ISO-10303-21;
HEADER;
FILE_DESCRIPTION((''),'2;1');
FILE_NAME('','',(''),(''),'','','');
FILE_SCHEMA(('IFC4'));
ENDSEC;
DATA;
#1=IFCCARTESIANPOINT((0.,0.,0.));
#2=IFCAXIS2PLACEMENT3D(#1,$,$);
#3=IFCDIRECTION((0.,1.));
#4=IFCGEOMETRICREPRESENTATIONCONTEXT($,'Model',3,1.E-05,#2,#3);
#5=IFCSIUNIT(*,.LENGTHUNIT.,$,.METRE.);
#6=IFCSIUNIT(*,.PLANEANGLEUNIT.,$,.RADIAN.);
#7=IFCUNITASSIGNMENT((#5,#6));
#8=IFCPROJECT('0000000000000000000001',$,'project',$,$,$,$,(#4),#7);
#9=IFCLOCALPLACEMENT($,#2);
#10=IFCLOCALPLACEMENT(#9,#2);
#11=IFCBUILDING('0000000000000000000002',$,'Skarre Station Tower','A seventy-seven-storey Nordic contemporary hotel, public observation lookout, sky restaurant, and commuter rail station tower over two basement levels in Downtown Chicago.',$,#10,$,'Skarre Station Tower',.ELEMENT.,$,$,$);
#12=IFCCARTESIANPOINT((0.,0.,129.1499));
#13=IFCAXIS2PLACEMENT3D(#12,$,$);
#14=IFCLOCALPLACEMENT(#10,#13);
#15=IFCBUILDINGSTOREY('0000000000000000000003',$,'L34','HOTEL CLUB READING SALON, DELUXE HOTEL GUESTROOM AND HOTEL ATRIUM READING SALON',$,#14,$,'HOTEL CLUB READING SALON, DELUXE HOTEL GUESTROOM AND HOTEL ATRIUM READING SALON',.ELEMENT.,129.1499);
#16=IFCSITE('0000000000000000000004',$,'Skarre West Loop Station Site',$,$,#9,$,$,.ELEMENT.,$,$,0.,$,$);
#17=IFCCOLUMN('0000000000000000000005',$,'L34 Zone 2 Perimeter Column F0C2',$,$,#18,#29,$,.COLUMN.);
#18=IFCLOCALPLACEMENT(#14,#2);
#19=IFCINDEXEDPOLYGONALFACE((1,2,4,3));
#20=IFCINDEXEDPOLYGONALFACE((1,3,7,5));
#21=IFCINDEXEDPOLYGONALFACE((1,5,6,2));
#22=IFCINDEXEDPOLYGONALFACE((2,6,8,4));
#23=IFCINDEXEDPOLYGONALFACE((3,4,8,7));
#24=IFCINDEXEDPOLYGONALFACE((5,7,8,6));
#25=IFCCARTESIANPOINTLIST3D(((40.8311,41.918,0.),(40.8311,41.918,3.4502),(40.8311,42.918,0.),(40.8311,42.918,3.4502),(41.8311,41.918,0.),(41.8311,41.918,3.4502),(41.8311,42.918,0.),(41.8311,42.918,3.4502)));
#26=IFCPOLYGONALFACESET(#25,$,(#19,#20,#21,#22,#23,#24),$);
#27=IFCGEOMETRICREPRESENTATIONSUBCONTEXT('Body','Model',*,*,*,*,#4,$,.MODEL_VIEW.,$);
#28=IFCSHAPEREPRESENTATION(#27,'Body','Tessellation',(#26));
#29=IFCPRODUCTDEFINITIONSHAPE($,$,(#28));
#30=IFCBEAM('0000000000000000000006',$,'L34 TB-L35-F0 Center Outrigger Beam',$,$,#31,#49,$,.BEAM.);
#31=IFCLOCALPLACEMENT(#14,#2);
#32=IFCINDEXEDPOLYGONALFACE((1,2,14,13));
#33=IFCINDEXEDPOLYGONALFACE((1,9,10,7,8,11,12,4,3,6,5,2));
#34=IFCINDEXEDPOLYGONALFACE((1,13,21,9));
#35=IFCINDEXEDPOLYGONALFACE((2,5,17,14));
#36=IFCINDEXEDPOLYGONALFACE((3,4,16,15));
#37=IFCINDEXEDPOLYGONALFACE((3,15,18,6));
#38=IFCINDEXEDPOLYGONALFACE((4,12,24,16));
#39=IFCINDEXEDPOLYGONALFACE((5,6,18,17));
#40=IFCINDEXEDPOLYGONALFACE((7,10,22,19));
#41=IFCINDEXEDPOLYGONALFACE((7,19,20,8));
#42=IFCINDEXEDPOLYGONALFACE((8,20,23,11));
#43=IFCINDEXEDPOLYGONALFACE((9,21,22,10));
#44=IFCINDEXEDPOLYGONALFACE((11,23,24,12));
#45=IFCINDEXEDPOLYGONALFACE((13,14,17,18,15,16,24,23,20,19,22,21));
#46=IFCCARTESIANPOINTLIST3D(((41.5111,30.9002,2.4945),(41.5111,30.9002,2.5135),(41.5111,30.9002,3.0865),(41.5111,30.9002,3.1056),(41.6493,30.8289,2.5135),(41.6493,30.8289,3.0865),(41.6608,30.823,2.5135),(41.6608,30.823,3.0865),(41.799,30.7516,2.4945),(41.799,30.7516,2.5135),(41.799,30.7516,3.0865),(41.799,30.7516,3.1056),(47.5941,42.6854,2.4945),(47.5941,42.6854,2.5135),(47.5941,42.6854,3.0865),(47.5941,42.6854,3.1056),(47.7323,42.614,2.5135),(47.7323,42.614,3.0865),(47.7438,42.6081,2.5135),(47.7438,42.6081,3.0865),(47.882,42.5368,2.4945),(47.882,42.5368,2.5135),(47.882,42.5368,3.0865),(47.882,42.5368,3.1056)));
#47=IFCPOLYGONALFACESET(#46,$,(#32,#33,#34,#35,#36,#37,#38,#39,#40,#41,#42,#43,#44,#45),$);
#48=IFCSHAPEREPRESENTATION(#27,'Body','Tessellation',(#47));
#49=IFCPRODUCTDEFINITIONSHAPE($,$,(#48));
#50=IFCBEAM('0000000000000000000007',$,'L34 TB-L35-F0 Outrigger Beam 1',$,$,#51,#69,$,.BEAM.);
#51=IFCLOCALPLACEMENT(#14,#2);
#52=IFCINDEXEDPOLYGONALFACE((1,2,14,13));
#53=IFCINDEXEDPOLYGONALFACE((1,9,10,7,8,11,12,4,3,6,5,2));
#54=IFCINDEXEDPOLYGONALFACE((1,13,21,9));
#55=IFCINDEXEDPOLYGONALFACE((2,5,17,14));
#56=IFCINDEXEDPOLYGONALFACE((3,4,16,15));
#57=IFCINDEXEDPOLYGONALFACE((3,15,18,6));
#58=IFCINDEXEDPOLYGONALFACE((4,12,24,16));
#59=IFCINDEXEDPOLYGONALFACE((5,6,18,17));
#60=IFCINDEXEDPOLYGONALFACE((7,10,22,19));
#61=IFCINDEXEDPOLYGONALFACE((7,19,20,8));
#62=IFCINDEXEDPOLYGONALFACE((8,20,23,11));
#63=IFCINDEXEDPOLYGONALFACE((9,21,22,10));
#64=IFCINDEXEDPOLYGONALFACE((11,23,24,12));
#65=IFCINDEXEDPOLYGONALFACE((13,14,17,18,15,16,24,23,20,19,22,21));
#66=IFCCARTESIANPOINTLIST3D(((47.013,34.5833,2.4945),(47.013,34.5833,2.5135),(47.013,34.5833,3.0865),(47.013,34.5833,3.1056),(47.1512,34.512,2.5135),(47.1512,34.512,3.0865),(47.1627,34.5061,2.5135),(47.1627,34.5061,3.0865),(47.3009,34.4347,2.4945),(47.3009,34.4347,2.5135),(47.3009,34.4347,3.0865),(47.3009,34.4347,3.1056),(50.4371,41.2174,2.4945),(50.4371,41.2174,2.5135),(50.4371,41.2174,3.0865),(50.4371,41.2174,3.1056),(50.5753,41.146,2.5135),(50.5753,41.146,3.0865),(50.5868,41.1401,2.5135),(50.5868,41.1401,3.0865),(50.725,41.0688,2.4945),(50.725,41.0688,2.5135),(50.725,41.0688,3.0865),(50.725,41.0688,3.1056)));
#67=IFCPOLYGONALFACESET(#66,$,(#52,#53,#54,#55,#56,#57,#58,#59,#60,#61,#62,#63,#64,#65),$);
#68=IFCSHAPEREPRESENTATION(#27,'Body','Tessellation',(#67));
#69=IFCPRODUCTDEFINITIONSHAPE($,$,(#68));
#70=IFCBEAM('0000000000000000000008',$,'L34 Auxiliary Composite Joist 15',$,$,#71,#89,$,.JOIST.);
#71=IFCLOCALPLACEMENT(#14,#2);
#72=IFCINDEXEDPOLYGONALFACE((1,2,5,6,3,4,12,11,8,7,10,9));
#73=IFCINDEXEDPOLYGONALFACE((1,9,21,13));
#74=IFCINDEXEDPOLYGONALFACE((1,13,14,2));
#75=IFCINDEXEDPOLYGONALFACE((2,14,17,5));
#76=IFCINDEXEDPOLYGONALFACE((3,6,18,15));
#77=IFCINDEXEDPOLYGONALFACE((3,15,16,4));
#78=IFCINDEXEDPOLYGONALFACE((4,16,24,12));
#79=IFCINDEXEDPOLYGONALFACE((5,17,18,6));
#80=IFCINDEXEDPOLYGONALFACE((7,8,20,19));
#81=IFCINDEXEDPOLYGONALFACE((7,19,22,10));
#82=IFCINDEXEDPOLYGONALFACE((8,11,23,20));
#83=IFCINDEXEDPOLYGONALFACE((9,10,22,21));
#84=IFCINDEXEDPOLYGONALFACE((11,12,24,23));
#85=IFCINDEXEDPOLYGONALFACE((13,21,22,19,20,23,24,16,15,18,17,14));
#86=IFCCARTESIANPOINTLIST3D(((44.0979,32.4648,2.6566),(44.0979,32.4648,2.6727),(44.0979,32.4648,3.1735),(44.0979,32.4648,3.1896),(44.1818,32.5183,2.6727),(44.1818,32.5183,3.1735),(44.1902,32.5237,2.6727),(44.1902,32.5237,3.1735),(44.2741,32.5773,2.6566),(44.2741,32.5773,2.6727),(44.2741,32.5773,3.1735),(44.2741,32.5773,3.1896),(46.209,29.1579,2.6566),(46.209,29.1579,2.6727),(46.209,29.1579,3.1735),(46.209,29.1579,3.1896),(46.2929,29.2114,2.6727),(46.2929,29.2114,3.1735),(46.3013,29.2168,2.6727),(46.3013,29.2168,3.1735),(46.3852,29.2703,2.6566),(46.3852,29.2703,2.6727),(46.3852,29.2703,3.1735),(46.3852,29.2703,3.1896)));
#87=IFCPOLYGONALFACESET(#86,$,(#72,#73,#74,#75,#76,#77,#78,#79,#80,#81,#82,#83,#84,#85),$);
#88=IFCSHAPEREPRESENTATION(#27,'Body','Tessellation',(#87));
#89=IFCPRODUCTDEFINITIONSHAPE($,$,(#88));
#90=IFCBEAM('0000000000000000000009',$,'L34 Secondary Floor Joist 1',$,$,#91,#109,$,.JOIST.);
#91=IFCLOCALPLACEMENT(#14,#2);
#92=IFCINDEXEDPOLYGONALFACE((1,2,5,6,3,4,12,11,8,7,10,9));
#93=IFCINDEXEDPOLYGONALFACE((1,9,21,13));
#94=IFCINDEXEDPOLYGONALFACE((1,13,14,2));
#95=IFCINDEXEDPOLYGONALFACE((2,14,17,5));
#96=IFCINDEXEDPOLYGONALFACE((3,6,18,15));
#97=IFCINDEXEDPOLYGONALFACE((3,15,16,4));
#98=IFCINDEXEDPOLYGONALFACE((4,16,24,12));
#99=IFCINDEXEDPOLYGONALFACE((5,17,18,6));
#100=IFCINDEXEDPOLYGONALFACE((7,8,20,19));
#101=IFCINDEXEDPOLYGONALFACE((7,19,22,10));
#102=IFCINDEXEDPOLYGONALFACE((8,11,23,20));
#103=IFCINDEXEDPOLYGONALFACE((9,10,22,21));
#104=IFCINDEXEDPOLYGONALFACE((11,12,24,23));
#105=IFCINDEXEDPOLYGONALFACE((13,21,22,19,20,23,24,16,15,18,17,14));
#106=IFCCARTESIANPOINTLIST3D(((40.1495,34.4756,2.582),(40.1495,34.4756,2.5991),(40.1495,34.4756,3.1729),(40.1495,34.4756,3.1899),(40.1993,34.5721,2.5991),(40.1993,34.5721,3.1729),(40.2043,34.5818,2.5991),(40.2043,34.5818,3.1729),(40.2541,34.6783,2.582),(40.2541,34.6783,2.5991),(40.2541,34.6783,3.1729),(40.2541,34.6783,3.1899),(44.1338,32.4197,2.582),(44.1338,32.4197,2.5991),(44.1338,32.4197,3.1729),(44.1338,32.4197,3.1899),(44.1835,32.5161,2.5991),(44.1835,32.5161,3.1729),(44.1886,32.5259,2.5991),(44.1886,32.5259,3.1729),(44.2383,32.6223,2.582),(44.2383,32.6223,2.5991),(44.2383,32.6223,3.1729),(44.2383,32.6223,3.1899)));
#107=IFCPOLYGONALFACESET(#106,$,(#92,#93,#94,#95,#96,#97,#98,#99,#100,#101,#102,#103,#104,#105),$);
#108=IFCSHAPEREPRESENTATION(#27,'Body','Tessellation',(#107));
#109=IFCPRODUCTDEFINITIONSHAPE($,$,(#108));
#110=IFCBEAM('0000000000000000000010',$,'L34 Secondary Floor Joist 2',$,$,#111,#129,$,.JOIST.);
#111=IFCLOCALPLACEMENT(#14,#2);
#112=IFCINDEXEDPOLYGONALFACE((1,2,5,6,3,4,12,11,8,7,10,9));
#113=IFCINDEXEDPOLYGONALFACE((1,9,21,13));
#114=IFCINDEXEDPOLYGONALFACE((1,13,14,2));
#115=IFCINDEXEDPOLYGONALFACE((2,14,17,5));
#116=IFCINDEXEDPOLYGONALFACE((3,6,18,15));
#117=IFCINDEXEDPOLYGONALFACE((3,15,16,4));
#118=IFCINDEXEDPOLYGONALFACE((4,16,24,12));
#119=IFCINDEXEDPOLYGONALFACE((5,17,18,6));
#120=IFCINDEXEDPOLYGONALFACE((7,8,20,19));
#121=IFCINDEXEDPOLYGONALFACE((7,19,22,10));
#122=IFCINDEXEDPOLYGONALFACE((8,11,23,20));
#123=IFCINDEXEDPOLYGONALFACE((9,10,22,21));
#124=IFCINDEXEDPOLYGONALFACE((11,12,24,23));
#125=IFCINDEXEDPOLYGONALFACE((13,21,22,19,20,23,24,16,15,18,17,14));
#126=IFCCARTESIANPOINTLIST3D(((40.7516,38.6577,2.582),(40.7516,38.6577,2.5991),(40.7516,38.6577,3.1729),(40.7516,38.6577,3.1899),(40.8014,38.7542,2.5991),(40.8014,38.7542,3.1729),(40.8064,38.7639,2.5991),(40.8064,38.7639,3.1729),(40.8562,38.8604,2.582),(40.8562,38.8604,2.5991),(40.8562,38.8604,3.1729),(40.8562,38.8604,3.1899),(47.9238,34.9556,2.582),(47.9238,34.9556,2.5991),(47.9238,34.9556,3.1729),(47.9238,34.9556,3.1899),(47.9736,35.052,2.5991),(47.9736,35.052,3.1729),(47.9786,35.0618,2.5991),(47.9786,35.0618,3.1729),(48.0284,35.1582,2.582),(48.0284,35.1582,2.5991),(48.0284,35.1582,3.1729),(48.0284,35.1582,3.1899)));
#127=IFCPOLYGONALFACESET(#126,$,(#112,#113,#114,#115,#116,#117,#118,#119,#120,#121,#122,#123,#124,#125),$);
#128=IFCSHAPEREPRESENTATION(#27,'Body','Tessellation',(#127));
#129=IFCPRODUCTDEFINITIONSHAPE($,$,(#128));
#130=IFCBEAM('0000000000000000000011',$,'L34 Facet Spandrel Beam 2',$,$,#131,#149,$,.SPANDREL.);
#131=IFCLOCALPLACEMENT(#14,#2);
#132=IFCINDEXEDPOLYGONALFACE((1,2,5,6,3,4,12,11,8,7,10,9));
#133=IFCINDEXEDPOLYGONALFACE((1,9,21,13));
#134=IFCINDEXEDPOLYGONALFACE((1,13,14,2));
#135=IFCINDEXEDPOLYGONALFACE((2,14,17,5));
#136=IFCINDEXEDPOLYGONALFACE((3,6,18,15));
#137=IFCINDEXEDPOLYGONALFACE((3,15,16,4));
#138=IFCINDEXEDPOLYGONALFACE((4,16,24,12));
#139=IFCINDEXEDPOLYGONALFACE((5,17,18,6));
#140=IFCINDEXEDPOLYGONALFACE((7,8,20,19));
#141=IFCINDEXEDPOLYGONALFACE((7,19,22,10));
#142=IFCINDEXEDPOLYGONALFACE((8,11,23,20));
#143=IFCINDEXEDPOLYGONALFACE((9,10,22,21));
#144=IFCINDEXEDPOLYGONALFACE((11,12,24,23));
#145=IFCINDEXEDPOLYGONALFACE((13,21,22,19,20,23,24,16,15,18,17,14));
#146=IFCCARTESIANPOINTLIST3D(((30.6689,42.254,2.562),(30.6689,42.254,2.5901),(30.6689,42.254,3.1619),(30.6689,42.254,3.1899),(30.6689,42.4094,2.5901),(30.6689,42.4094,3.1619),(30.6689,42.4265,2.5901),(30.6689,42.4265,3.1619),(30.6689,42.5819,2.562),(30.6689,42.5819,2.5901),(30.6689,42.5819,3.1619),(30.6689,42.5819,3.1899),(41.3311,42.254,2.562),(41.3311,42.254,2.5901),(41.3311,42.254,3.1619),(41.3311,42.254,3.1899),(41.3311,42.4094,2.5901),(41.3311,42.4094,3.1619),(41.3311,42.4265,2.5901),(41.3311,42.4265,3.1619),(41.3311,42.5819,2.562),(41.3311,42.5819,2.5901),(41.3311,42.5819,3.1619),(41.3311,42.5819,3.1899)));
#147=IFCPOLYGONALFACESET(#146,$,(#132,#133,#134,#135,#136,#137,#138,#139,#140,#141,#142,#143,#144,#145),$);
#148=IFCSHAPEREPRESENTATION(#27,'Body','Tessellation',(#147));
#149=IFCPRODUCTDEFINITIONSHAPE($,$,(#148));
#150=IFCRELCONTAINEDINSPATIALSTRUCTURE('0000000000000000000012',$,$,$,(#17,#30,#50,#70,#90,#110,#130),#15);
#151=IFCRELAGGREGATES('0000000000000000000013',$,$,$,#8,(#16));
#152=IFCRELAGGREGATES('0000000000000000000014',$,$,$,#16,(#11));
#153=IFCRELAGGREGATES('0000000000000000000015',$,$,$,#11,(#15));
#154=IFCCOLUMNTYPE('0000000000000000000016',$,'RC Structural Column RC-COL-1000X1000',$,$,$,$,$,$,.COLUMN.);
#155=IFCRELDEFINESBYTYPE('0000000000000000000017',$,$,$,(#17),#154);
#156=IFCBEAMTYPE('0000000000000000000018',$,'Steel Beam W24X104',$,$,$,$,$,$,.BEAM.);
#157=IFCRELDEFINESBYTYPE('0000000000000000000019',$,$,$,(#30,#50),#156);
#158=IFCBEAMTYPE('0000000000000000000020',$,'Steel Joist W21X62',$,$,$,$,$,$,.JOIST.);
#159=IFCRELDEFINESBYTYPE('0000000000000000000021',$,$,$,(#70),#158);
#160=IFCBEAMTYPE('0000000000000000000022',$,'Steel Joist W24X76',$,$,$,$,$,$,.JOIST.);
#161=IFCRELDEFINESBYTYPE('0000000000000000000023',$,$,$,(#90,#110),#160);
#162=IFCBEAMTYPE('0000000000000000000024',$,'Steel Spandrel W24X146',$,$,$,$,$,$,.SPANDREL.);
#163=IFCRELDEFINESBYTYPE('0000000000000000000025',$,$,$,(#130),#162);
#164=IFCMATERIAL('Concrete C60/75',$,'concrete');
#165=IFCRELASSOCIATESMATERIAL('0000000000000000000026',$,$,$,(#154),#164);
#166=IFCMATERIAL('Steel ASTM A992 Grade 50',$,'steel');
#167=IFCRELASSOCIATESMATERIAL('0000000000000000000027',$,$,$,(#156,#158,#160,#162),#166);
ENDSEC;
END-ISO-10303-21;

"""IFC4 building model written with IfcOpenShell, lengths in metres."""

from ifc_helpers import new_model, si_unit, direction, frame, origin, origin_2d, place, context, subcontext, project, spatial, rectangle, i_section, extrude, material, material_profile, profile_set, type_object, element, save


model = new_model("IFC4")

# Units and contexts
model_context = context("Model", 3, precision=1e-05, world=origin(), true_north=direction((0.0, 1.0)))
body_context = subcontext(model_context, "Body", "Model", "MODEL_VIEW")
ifc_project = project(units=[si_unit("LENGTHUNIT", "METRE"), si_unit("PLANEANGLEUNIT", "RADIAN")], contexts=[model_context])

# Site, building, storey
site_placement = place(None, origin())
site = spatial("IfcSite", under=ifc_project, at=site_placement, Name="Skarre West Loop Station Site", CompositionType="ELEMENT", RefElevation=0.0)
building_placement = place(site_placement, origin())
building = spatial("IfcBuilding", under=site, at=building_placement, Name="Skarre Station Tower", Description="A seventy-seven-storey Nordic contemporary hotel, public observation lookout, sky restaurant, and commuter rail station tower over two basement levels in Downtown Chicago.", LongName="Skarre Station Tower", CompositionType="ELEMENT")
storey_placement = place(building_placement, frame((0.0, 0.0, 129.1499)))
storey = spatial("IfcBuildingStorey", under=building, at=storey_placement, Name="L34", Description="HOTEL CLUB READING SALON, DELUXE HOTEL GUESTROOM AND HOTEL ATRIUM READING SALON", LongName="HOTEL CLUB READING SALON, DELUXE HOTEL GUESTROOM AND HOTEL ATRIUM READING SALON", CompositionType="ELEMENT", Elevation=129.1499)

# Column
ifc_material_1 = material(Name="Concrete C60/75", Category="concrete")
ifc_material_profile_1 = material_profile(ifc_material_1, rectangle(XDim=1.0, YDim=1.0, at=origin_2d()), Name="Concrete C60/75")
ifc_profile_set_1 = profile_set([ifc_material_profile_1], Name="Concrete C60/75")
column_type = type_object("IfcColumnType", Name="RC Structural Column RC-COL-1000X1000", PredefinedType="COLUMN", material=ifc_profile_set_1)
column_placement = place(storey_placement, frame((41.3311, 42.418, 0.0), z_axis=(0.0, 0.0, 1.0), x_axis=(1.0, 0.0, 0.0)))
element("IfcColumn", 1, at=column_placement, inside=storey, type_object=column_type, Name="L34 Zone 2 Perimeter Column F0C2", PredefinedType="COLUMN", context=body_context, shape_type="SweptSolid", body=[
    extrude(rectangle(XDim=1.0, YDim=1.0, at=origin_2d()), origin(), (0.0, 0.0, 1.0), 3.4502),
])

# Beams
ifc_material_2 = material(Name="Steel ASTM A992 Grade 50", Category="steel")
ifc_material_profile_2 = material_profile(ifc_material_2, i_section(OverallWidth=0.324, OverallDepth=0.6111, WebThickness=0.0129, FlangeThickness=0.019, at=origin_2d()), Name="Steel ASTM A992 Grade 50")
ifc_profile_set_2 = profile_set([ifc_material_profile_2], Name="Steel ASTM A992 Grade 50")
beam_type_1 = type_object("IfcBeamType", Name="Steel Beam W24X104", PredefinedType="BEAM", material=ifc_profile_set_2)
beam_1_placement = place(storey_placement, frame((41.655, 30.8259, 2.8), z_axis=(0.458664, 0.88861, 0.0), x_axis=(-0.88861, 0.458664, 0.0)))
element("IfcBeam", 2, at=beam_1_placement, inside=storey, type_object=beam_type_1, Name="L34 TB-L35-F0 Center Outrigger Beam", PredefinedType="BEAM", context=body_context, shape_type="SweptSolid", body=[
    extrude(i_section(OverallWidth=0.324, OverallDepth=0.6111, WebThickness=0.0129, FlangeThickness=0.019, at=origin_2d()), origin(), (0.0, 0.0, 1.0), 13.2625),
])
beam_2_placement = place(storey_placement, frame((47.157, 34.509, 2.8), z_axis=(0.458649, 0.888618, 0.0), x_axis=(-0.888618, 0.458649, 0.0)))
element("IfcBeam", 3, at=beam_2_placement, inside=storey, type_object=beam_type_1, Name="L34 TB-L35-F0 Outrigger Beam 1", PredefinedType="BEAM", context=body_context, shape_type="SweptSolid", body=[
    extrude(i_section(OverallWidth=0.324, OverallDepth=0.6111, WebThickness=0.0129, FlangeThickness=0.019, at=origin_2d()), origin(), (0.0, 0.0, 1.0), 7.4656),
])
ifc_material_profile_3 = material_profile(ifc_material_2, i_section(OverallWidth=0.209, OverallDepth=0.533, WebThickness=0.01, FlangeThickness=0.0161, at=origin_2d()), Name="Steel ASTM A992 Grade 50")
ifc_profile_set_3 = profile_set([ifc_material_profile_3], Name="Steel ASTM A992 Grade 50")
beam_type_2 = type_object("IfcBeamType", Name="Steel Joist W21X62", PredefinedType="JOIST", material=ifc_profile_set_3)
beam_3_placement = place(storey_placement, frame((46.2971, 29.2141, 2.9231), z_axis=(-0.538091, 0.842887, 0.0), x_axis=(-0.842887, -0.538091, 0.0)))
element("IfcBeam", 4, at=beam_3_placement, inside=storey, type_object=beam_type_2, Name="L34 Auxiliary Composite Joist 15", PredefinedType="JOIST", context=body_context, shape_type="SweptSolid", body=[
    extrude(i_section(OverallWidth=0.209, OverallDepth=0.533, WebThickness=0.01, FlangeThickness=0.0161, at=origin_2d()), origin(), (0.0, 0.0, 1.0), 3.9233),
])
ifc_material_profile_4 = material_profile(ifc_material_2, i_section(OverallWidth=0.228, OverallDepth=0.6079, WebThickness=0.011, FlangeThickness=0.0171, at=origin_2d()), Name="Steel ASTM A992 Grade 50")
ifc_profile_set_4 = profile_set([ifc_material_profile_4], Name="Steel ASTM A992 Grade 50")
beam_type_3 = type_object("IfcBeamType", Name="Steel Joist W24X76", PredefinedType="JOIST", material=ifc_profile_set_4)
beam_4_placement = place(storey_placement, frame((44.186, 32.521, 2.886), z_axis=(-0.888659, 0.458569, 0.0), x_axis=(-0.458569, -0.888659, 0.0)))
element("IfcBeam", 5, at=beam_4_placement, inside=storey, type_object=beam_type_3, Name="L34 Secondary Floor Joist 1", PredefinedType="JOIST", context=body_context, shape_type="SweptSolid", body=[
    extrude(i_section(OverallWidth=0.228, OverallDepth=0.6079, WebThickness=0.011, FlangeThickness=0.0171, at=origin_2d()), origin(), (0.0, 0.0, 1.0), 4.4834),
])
beam_5_placement = place(storey_placement, frame((47.9761, 35.0569, 2.886), z_axis=(-0.8886, 0.458683, 0.0), x_axis=(-0.458683, -0.8886, 0.0)))
element("IfcBeam", 6, at=beam_5_placement, inside=storey, type_object=beam_type_3, Name="L34 Secondary Floor Joist 2", PredefinedType="JOIST", context=body_context, shape_type="SweptSolid", body=[
    extrude(i_section(OverallWidth=0.228, OverallDepth=0.6079, WebThickness=0.011, FlangeThickness=0.0171, at=origin_2d()), origin(), (0.0, 0.0, 1.0), 8.0713),
])
ifc_material_profile_5 = material_profile(ifc_material_2, i_section(OverallWidth=0.3279, OverallDepth=0.6279, WebThickness=0.0171, FlangeThickness=0.0281, at=origin_2d()), Name="Steel ASTM A992 Grade 50")
ifc_profile_set_5 = profile_set([ifc_material_profile_5], Name="Steel ASTM A992 Grade 50")
beam_type_4 = type_object("IfcBeamType", Name="Steel Spandrel W24X146", PredefinedType="SPANDREL", material=ifc_profile_set_5)
beam_6_placement = place(storey_placement, frame((41.3311, 42.418, 2.876), z_axis=(-1.0, 0.0, 0.0), x_axis=(0.0, -1.0, 0.0)))
element("IfcBeam", 7, at=beam_6_placement, inside=storey, type_object=beam_type_4, Name="L34 Facet Spandrel Beam 2", PredefinedType="SPANDREL", context=body_context, shape_type="SweptSolid", body=[
    extrude(i_section(OverallWidth=0.3279, OverallDepth=0.6279, WebThickness=0.0171, FlangeThickness=0.0281, at=origin_2d()), origin(), (0.0, 0.0, 1.0), 10.6621),
])

save(model, "model.ifc")
